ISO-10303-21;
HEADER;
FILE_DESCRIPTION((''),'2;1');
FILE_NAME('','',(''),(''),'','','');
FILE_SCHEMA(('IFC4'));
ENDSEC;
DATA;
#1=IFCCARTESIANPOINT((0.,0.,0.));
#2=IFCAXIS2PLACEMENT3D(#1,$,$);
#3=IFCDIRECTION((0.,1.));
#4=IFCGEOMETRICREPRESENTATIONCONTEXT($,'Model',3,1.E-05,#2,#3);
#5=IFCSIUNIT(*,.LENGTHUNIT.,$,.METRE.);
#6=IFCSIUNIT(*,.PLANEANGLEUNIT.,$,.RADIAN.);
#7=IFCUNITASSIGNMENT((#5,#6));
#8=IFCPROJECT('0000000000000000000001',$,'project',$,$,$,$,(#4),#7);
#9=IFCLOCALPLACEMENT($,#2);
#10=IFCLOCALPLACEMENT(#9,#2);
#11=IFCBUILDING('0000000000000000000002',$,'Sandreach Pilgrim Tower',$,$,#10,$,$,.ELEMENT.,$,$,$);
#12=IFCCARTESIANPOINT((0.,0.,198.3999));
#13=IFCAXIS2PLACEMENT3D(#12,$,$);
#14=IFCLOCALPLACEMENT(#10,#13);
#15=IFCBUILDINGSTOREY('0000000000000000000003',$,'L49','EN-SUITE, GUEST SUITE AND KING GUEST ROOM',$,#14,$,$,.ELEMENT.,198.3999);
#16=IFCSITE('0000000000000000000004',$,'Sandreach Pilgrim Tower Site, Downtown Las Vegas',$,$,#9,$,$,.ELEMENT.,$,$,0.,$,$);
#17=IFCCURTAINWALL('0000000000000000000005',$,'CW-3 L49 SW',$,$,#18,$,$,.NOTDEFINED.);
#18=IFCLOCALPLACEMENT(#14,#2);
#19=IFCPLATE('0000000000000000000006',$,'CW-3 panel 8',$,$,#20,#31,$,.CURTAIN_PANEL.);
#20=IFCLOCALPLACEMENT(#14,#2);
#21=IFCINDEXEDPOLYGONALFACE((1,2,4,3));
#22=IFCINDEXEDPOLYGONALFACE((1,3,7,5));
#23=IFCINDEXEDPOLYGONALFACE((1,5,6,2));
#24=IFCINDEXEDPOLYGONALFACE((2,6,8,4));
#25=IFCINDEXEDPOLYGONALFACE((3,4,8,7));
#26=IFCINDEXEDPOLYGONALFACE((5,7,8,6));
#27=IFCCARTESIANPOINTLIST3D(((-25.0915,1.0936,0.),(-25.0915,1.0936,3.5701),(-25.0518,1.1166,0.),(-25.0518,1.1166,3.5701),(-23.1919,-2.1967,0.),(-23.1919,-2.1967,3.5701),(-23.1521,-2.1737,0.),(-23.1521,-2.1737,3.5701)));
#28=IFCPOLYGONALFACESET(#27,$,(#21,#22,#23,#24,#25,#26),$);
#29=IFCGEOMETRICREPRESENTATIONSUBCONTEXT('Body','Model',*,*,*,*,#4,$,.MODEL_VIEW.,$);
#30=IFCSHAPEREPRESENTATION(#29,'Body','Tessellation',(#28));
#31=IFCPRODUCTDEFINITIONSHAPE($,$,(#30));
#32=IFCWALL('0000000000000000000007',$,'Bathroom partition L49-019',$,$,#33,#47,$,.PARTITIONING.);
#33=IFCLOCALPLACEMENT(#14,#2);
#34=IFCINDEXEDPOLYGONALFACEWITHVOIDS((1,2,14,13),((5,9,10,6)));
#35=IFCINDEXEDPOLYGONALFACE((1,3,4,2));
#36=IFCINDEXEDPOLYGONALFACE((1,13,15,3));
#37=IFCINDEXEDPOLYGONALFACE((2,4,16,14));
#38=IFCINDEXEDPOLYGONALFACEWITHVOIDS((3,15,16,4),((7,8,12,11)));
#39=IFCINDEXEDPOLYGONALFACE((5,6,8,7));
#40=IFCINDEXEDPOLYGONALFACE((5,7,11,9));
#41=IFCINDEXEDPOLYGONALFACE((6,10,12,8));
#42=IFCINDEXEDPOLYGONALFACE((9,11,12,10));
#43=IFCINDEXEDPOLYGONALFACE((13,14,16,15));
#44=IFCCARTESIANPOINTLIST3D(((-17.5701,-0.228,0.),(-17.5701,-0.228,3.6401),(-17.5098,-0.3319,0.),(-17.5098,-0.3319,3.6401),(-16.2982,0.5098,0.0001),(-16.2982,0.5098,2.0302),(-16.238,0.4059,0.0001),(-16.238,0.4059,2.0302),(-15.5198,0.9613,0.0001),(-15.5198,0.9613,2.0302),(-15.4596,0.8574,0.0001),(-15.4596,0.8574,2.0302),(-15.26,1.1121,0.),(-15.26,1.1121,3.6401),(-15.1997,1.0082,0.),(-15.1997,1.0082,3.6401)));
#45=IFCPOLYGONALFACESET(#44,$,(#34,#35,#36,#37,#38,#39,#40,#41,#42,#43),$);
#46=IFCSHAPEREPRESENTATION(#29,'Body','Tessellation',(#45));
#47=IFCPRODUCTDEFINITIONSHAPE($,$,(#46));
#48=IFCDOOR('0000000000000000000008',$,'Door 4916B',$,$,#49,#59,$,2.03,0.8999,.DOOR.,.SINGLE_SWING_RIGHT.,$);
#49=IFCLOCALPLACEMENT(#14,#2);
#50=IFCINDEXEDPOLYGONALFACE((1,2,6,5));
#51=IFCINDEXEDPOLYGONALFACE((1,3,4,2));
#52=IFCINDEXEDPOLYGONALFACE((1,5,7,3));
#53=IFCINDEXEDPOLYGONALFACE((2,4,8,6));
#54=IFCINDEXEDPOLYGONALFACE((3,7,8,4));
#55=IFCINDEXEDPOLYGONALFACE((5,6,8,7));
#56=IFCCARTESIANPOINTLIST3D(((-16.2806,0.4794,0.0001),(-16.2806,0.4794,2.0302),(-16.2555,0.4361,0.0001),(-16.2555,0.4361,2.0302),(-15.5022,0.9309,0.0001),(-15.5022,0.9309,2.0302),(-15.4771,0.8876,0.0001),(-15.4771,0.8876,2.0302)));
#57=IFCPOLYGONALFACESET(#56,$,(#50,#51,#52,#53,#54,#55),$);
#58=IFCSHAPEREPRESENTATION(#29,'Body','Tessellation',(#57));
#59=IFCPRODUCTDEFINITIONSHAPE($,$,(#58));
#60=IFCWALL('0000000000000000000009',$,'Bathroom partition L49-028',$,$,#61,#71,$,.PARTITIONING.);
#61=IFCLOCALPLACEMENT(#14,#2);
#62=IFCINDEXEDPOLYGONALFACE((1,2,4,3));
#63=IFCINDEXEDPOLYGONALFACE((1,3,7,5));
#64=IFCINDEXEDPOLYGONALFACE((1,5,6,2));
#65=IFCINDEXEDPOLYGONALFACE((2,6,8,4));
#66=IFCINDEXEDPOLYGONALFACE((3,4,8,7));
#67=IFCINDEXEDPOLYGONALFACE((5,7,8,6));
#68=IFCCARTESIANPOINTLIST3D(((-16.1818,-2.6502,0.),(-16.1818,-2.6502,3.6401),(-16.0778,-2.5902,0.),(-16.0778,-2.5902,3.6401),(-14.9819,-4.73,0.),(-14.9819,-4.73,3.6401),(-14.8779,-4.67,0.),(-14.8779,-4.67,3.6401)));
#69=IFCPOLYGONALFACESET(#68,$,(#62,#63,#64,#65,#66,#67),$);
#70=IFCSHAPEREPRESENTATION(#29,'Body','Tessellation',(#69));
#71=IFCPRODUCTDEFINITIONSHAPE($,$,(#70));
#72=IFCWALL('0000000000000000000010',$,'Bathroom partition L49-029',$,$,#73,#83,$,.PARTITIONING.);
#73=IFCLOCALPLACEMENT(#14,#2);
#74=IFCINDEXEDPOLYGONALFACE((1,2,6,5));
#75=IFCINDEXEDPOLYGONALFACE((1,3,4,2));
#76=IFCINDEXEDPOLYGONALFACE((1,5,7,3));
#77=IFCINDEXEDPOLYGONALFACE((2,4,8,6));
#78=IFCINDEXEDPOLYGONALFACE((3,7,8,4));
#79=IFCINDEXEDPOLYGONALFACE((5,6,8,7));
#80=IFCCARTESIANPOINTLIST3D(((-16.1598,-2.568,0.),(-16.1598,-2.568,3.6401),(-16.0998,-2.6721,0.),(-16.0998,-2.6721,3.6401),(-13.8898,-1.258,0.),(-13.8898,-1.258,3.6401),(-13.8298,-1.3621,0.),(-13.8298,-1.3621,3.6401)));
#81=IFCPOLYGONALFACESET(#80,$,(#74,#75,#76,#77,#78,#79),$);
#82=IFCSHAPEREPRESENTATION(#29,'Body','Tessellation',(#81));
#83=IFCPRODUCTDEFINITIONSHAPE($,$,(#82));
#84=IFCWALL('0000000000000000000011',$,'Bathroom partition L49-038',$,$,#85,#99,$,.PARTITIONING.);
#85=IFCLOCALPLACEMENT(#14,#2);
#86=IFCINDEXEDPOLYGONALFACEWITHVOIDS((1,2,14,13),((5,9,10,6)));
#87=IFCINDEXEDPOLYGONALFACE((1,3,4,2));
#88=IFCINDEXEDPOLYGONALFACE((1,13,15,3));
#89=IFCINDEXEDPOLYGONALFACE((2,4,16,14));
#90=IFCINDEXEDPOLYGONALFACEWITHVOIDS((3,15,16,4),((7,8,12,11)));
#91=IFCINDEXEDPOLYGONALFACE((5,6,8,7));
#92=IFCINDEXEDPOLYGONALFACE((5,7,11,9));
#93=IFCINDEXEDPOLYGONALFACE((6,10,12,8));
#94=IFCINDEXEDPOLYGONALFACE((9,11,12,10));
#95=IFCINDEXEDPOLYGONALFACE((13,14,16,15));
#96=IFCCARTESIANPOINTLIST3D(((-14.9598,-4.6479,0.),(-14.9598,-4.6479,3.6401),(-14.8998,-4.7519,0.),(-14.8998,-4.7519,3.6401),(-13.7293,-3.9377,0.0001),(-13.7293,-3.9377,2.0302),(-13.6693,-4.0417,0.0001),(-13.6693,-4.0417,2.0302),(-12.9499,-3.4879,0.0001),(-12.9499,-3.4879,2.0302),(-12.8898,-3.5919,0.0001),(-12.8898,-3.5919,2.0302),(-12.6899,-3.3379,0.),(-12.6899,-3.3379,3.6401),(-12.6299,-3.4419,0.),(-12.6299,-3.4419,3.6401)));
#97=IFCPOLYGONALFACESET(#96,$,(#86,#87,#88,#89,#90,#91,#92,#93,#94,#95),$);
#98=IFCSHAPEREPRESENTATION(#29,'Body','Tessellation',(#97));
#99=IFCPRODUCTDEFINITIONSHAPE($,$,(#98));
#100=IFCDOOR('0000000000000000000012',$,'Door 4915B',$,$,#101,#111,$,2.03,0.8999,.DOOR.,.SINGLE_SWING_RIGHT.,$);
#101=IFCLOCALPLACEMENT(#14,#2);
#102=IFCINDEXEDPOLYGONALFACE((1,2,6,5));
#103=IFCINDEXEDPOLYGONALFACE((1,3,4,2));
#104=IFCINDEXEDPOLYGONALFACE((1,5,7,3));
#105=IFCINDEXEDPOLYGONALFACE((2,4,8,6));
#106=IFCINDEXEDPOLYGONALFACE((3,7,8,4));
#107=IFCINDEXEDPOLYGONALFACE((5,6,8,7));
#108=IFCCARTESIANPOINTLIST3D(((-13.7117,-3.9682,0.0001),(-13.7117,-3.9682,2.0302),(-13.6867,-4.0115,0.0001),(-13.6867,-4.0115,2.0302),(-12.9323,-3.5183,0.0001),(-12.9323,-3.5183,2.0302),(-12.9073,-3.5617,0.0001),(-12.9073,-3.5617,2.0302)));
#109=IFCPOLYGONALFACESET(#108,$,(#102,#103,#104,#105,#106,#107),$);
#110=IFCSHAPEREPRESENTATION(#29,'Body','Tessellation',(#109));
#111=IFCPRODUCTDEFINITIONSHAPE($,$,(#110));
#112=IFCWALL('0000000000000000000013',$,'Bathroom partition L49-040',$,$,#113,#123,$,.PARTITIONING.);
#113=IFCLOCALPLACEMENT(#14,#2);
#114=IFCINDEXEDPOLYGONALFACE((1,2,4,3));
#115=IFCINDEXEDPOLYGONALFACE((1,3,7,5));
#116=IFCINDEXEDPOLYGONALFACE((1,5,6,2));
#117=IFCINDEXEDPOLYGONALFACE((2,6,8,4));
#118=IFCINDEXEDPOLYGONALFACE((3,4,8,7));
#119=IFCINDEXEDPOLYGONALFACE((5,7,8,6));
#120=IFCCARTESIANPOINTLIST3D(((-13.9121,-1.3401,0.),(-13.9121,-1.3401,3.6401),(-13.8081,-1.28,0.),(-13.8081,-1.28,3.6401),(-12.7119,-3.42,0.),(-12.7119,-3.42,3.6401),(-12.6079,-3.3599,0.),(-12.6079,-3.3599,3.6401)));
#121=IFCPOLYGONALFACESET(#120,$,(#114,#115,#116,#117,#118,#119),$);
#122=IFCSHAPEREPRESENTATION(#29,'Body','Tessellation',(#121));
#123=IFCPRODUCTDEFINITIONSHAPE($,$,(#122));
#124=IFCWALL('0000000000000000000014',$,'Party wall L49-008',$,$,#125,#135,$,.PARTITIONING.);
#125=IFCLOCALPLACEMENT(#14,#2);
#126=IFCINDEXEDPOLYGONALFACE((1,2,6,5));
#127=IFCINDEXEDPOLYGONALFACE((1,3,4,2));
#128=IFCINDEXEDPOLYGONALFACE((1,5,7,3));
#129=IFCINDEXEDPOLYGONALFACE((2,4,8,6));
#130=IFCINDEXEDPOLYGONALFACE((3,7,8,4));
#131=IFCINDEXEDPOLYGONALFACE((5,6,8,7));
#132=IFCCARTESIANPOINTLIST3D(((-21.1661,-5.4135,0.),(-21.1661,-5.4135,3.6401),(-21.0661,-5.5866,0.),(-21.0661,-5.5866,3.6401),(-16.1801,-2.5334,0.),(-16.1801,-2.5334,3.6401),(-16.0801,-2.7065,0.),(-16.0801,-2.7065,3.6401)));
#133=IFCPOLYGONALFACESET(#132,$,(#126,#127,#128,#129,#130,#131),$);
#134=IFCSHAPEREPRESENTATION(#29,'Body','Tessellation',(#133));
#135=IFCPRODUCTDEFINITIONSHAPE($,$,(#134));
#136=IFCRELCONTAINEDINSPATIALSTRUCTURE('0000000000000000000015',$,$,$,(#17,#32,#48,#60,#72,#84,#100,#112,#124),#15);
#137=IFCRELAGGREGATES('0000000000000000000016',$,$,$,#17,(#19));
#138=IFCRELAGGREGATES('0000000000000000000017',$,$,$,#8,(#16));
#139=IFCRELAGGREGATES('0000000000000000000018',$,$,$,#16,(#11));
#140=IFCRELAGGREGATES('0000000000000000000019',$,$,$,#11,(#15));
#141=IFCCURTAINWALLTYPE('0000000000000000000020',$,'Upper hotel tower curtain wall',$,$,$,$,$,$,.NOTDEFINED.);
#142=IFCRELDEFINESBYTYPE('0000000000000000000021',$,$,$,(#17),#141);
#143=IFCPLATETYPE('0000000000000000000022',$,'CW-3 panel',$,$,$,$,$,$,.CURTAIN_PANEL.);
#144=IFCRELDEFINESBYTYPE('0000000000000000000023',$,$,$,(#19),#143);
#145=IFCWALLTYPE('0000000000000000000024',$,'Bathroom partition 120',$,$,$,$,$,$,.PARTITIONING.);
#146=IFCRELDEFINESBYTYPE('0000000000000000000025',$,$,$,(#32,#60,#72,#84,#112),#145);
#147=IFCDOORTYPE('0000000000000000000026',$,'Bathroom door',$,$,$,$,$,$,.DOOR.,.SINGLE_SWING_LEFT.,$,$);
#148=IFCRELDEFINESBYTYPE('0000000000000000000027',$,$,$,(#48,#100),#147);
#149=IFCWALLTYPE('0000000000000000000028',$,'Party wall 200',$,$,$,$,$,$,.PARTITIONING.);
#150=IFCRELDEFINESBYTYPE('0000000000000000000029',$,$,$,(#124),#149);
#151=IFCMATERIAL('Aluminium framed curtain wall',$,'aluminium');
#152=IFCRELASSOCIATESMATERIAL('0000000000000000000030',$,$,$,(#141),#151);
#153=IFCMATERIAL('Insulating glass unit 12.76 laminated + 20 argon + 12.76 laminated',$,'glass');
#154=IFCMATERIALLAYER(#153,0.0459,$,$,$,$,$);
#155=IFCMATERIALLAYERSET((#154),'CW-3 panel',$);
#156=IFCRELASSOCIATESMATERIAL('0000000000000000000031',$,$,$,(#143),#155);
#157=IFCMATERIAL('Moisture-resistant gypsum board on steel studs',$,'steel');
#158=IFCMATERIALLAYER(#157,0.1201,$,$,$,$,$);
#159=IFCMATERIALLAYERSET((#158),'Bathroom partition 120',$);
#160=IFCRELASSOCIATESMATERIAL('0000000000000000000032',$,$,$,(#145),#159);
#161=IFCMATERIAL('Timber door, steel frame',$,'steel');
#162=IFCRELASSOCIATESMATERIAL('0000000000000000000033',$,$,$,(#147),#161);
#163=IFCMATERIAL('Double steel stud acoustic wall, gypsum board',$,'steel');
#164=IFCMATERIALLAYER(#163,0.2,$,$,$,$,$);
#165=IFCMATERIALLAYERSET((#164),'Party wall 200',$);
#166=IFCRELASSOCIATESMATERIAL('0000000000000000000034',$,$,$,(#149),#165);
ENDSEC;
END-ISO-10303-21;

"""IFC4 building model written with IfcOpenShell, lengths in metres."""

from ifc_helpers import new_model, si_unit, direction, frame, frame_2d, origin, origin_2d, place, context, subcontext, project, spatial, rectangle, extrude, material, layer, layer_set, type_object, element, fill, aggregate, save


model = new_model("IFC4")

# Units and contexts
model_context = context("Model", 3, precision=1e-05, world=origin(), true_north=direction((0.0, 1.0)))
body_context = subcontext(model_context, "Body", "Model", "MODEL_VIEW")
ifc_project = project(units=[si_unit("LENGTHUNIT", "METRE"), si_unit("PLANEANGLEUNIT", "RADIAN")], contexts=[model_context])

# Site, building, storey
site_placement = place(None, origin())
site = spatial("IfcSite", under=ifc_project, at=site_placement, Name="Sandreach Pilgrim Tower Site, Downtown Las Vegas", CompositionType="ELEMENT", RefElevation=0.0)
building_placement = place(site_placement, origin())
building = spatial("IfcBuilding", under=site, at=building_placement, Name="Sandreach Pilgrim Tower", CompositionType="ELEMENT")
storey_placement = place(building_placement, frame((0.0, 0.0, 198.3999)))
storey = spatial("IfcBuildingStorey", under=building, at=storey_placement, Name="L49", Description="EN-SUITE, GUEST SUITE AND KING GUEST ROOM", CompositionType="ELEMENT", Elevation=198.3999)

# Curtain wall
ifc_material_1 = material(Name="Aluminium framed curtain wall", Category="aluminium")
curtain_wall_type = type_object("IfcCurtainWallType", Name="Upper hotel tower curtain wall", PredefinedType="NOTDEFINED", material=ifc_material_1)
curtain_wall_placement = place(storey_placement, origin())
curtain_wall = element("IfcCurtainWall", 1, at=curtain_wall_placement, inside=storey, type_object=curtain_wall_type, Name="CW-3 L49 SW", PredefinedType="NOTDEFINED")

# Plate
ifc_material_2 = material(Name="Insulating glass unit 12.76 laminated + 20 argon + 12.76 laminated", Category="glass")
ifc_layer_1 = layer(ifc_material_2, 0.0459)
ifc_layer_set_1 = layer_set([ifc_layer_1], Name="CW-3 panel")
plate_type = type_object("IfcPlateType", Name="CW-3 panel", PredefinedType="CURTAIN_PANEL", material=ifc_layer_set_1)
plate_1_placement = place(storey_placement, frame((-24.1218, -0.54, 0.0), z_axis=(0.0, 0.0, 1.0), x_axis=(-0.5, 0.866025, 0.0)))
plate_1 = element("IfcPlate", 2, at=plate_1_placement, type_object=plate_type, Name="CW-3 panel 8", PredefinedType="CURTAIN_PANEL", context=body_context, shape_type="SweptSolid", body=[
    extrude(rectangle(XDim=3.7993, YDim=0.0459, at=origin_2d()), origin(), (0.0, 0.0, 1.0), 3.5701),
])
aggregate(curtain_wall, [plate_1])

# Wall, opening, door
ifc_material_3 = material(Name="Moisture-resistant gypsum board on steel studs", Category="steel")
ifc_layer_2 = layer(ifc_material_3, 0.1201)
ifc_layer_set_2 = layer_set([ifc_layer_2], Name="Bathroom partition 120")
wall_type_1 = type_object("IfcWallType", Name="Bathroom partition 120", PredefinedType="PARTITIONING", material=ifc_layer_set_2)
wall_1_placement = place(storey_placement, frame((-17.54, -0.28, 0.0), z_axis=(0.0, 0.0, 1.0), x_axis=(0.86499, 0.501789, 0.0)))
wall_1 = element("IfcWall", 3, at=wall_1_placement, inside=storey, type_object=wall_type_1, Name="Bathroom partition L49-019", PredefinedType="PARTITIONING", context=body_context, shape_type="SweptSolid", body=[
    extrude(rectangle(XDim=2.6707, YDim=0.1201, at=frame_2d((1.3354, 0.0))), origin(), (0.0, 0.0, 1.0), 3.6401),
])
opening_1_placement = place(wall_1_placement, frame((1.4705, 0.0, 0.0)))
opening_1 = element("IfcOpeningElement", 4, at=opening_1_placement, cuts=wall_1, PredefinedType="OPENING", context=body_context, shape_type="SweptSolid", body=[
    extrude(rectangle(XDim=0.8999, YDim=2.03, at=frame_2d((0.45, 1.0151))), frame((0.0, 0.0601, 0.0), z_axis=(0.0, -1.0, 0.0), x_axis=(1.0, 0.0, 0.0)), (0.0, 0.0, 1.0), 0.1201),
])
ifc_material_4 = material(Name="Timber door, steel frame", Category="steel")
door_type_1 = type_object("IfcDoorType", Name="Bathroom door", OperationType="SINGLE_SWING_LEFT", PredefinedType="DOOR", material=ifc_material_4)
door_1_placement = place(opening_1_placement, origin())
door_1 = element("IfcDoor", 5, at=door_1_placement, inside=storey, type_object=door_type_1, Name="Door 4916B", OperationType="SINGLE_SWING_RIGHT", OverallHeight=2.03, OverallWidth=0.8999, PredefinedType="DOOR", context=body_context, shape_type="SweptSolid", body=[
    extrude(rectangle(XDim=0.8999, YDim=2.03, at=frame_2d((0.45, 1.0151))), frame((0.0, 0.0249, 0.0), z_axis=(0.0, -1.0, 0.0), x_axis=(1.0, 0.0, 0.0)), (0.0, 0.0, 1.0), 0.05),
])
fill(opening_1, door_1)

# Walls
wall_2_placement = place(storey_placement, frame((-16.1299, -2.6201, 0.0), z_axis=(0.0, 0.0, 1.0), x_axis=(0.499737, -0.866177, 0.0)))
element("IfcWall", 6, at=wall_2_placement, inside=storey, type_object=wall_type_1, Name="Bathroom partition L49-028", PredefinedType="PARTITIONING", context=body_context, shape_type="SweptSolid", body=[
    extrude(rectangle(XDim=2.4011, YDim=0.1201, at=frame_2d((1.2007, 0.0))), origin(), (0.0, 0.0, 1.0), 3.6401),
])
wall_3_placement = place(storey_placement, frame((-16.1299, -2.6201, 0.0), z_axis=(0.0, 0.0, 1.0), x_axis=(0.866114, 0.499846, 0.0)))
element("IfcWall", 7, at=wall_3_placement, inside=storey, type_object=wall_type_1, Name="Bathroom partition L49-029", PredefinedType="PARTITIONING", context=body_context, shape_type="SweptSolid", body=[
    extrude(rectangle(XDim=2.6208, YDim=0.1201, at=frame_2d((1.3105, 0.0))), origin(), (0.0, 0.0, 1.0), 3.6401),
])

# Wall, opening, door
wall_4_placement = place(storey_placement, frame((-14.9299, -4.7, 0.0), z_axis=(0.0, 0.0, 1.0), x_axis=(0.866114, 0.499846, 0.0)))
wall_4 = element("IfcWall", 8, at=wall_4_placement, inside=storey, type_object=wall_type_1, Name="Bathroom partition L49-038", PredefinedType="PARTITIONING", context=body_context, shape_type="SweptSolid", body=[
    extrude(rectangle(XDim=2.6208, YDim=0.1201, at=frame_2d((1.3105, 0.0))), origin(), (0.0, 0.0, 1.0), 3.6401),
])
opening_2_placement = place(wall_4_placement, frame((1.4209, 0.0, 0.0)))
opening_2 = element("IfcOpeningElement", 9, at=opening_2_placement, cuts=wall_4, PredefinedType="OPENING", context=body_context, shape_type="SweptSolid", body=[
    extrude(rectangle(XDim=0.8999, YDim=2.03, at=frame_2d((0.45, 1.0151))), frame((0.0, 0.0601, 0.0), z_axis=(0.0, -1.0, 0.0), x_axis=(1.0, 0.0, 0.0)), (0.0, 0.0, 1.0), 0.1201),
])
door_2_placement = place(opening_2_placement, origin())
door_2 = element("IfcDoor", 10, at=door_2_placement, inside=storey, type_object=door_type_1, Name="Door 4915B", OperationType="SINGLE_SWING_RIGHT", OverallHeight=2.03, OverallWidth=0.8999, PredefinedType="DOOR", context=body_context, shape_type="SweptSolid", body=[
    extrude(rectangle(XDim=0.8999, YDim=2.03, at=frame_2d((0.45, 1.0151))), frame((0.0, 0.0249, 0.0), z_axis=(0.0, -1.0, 0.0), x_axis=(1.0, 0.0, 0.0)), (0.0, 0.0, 1.0), 0.05),
])
fill(opening_2, door_2)

# Wall
wall_5_placement = place(storey_placement, frame((-13.8601, -1.3101, 0.0), z_axis=(0.0, 0.0, 1.0), x_axis=(0.499813, -0.866133, 0.0)))
element("IfcWall", 11, at=wall_5_placement, inside=storey, type_object=wall_type_1, Name="Bathroom partition L49-040", PredefinedType="PARTITIONING", context=body_context, shape_type="SweptSolid", body=[
    extrude(rectangle(XDim=2.4014, YDim=0.1201, at=frame_2d((1.2007, 0.0))), origin(), (0.0, 0.0, 1.0), 3.6401),
])

# Wall
ifc_material_5 = material(Name="Double steel stud acoustic wall, gypsum board", Category="steel")
ifc_layer_3 = layer(ifc_material_5, 0.2)
ifc_layer_set_3 = layer_set([ifc_layer_3], Name="Party wall 200")
wall_type_2 = type_object("IfcWallType", Name="Party wall 200", PredefinedType="PARTITIONING", material=ifc_layer_set_3)
wall_6_placement = place(storey_placement, frame((-21.116, -5.5, 0.0), z_axis=(0.0, 0.0, 1.0), x_axis=(0.865919, 0.500184, 0.0)))
element("IfcWall", 12, at=wall_6_placement, inside=storey, type_object=wall_type_2, Name="Party wall L49-008", PredefinedType="PARTITIONING", context=body_context, shape_type="SweptSolid", body=[
    extrude(rectangle(XDim=5.7581, YDim=0.2, at=frame_2d((2.8789, 0.0))), origin(), (0.0, 0.0, 1.0), 3.6401),
])

save(model, "model.ifc")
